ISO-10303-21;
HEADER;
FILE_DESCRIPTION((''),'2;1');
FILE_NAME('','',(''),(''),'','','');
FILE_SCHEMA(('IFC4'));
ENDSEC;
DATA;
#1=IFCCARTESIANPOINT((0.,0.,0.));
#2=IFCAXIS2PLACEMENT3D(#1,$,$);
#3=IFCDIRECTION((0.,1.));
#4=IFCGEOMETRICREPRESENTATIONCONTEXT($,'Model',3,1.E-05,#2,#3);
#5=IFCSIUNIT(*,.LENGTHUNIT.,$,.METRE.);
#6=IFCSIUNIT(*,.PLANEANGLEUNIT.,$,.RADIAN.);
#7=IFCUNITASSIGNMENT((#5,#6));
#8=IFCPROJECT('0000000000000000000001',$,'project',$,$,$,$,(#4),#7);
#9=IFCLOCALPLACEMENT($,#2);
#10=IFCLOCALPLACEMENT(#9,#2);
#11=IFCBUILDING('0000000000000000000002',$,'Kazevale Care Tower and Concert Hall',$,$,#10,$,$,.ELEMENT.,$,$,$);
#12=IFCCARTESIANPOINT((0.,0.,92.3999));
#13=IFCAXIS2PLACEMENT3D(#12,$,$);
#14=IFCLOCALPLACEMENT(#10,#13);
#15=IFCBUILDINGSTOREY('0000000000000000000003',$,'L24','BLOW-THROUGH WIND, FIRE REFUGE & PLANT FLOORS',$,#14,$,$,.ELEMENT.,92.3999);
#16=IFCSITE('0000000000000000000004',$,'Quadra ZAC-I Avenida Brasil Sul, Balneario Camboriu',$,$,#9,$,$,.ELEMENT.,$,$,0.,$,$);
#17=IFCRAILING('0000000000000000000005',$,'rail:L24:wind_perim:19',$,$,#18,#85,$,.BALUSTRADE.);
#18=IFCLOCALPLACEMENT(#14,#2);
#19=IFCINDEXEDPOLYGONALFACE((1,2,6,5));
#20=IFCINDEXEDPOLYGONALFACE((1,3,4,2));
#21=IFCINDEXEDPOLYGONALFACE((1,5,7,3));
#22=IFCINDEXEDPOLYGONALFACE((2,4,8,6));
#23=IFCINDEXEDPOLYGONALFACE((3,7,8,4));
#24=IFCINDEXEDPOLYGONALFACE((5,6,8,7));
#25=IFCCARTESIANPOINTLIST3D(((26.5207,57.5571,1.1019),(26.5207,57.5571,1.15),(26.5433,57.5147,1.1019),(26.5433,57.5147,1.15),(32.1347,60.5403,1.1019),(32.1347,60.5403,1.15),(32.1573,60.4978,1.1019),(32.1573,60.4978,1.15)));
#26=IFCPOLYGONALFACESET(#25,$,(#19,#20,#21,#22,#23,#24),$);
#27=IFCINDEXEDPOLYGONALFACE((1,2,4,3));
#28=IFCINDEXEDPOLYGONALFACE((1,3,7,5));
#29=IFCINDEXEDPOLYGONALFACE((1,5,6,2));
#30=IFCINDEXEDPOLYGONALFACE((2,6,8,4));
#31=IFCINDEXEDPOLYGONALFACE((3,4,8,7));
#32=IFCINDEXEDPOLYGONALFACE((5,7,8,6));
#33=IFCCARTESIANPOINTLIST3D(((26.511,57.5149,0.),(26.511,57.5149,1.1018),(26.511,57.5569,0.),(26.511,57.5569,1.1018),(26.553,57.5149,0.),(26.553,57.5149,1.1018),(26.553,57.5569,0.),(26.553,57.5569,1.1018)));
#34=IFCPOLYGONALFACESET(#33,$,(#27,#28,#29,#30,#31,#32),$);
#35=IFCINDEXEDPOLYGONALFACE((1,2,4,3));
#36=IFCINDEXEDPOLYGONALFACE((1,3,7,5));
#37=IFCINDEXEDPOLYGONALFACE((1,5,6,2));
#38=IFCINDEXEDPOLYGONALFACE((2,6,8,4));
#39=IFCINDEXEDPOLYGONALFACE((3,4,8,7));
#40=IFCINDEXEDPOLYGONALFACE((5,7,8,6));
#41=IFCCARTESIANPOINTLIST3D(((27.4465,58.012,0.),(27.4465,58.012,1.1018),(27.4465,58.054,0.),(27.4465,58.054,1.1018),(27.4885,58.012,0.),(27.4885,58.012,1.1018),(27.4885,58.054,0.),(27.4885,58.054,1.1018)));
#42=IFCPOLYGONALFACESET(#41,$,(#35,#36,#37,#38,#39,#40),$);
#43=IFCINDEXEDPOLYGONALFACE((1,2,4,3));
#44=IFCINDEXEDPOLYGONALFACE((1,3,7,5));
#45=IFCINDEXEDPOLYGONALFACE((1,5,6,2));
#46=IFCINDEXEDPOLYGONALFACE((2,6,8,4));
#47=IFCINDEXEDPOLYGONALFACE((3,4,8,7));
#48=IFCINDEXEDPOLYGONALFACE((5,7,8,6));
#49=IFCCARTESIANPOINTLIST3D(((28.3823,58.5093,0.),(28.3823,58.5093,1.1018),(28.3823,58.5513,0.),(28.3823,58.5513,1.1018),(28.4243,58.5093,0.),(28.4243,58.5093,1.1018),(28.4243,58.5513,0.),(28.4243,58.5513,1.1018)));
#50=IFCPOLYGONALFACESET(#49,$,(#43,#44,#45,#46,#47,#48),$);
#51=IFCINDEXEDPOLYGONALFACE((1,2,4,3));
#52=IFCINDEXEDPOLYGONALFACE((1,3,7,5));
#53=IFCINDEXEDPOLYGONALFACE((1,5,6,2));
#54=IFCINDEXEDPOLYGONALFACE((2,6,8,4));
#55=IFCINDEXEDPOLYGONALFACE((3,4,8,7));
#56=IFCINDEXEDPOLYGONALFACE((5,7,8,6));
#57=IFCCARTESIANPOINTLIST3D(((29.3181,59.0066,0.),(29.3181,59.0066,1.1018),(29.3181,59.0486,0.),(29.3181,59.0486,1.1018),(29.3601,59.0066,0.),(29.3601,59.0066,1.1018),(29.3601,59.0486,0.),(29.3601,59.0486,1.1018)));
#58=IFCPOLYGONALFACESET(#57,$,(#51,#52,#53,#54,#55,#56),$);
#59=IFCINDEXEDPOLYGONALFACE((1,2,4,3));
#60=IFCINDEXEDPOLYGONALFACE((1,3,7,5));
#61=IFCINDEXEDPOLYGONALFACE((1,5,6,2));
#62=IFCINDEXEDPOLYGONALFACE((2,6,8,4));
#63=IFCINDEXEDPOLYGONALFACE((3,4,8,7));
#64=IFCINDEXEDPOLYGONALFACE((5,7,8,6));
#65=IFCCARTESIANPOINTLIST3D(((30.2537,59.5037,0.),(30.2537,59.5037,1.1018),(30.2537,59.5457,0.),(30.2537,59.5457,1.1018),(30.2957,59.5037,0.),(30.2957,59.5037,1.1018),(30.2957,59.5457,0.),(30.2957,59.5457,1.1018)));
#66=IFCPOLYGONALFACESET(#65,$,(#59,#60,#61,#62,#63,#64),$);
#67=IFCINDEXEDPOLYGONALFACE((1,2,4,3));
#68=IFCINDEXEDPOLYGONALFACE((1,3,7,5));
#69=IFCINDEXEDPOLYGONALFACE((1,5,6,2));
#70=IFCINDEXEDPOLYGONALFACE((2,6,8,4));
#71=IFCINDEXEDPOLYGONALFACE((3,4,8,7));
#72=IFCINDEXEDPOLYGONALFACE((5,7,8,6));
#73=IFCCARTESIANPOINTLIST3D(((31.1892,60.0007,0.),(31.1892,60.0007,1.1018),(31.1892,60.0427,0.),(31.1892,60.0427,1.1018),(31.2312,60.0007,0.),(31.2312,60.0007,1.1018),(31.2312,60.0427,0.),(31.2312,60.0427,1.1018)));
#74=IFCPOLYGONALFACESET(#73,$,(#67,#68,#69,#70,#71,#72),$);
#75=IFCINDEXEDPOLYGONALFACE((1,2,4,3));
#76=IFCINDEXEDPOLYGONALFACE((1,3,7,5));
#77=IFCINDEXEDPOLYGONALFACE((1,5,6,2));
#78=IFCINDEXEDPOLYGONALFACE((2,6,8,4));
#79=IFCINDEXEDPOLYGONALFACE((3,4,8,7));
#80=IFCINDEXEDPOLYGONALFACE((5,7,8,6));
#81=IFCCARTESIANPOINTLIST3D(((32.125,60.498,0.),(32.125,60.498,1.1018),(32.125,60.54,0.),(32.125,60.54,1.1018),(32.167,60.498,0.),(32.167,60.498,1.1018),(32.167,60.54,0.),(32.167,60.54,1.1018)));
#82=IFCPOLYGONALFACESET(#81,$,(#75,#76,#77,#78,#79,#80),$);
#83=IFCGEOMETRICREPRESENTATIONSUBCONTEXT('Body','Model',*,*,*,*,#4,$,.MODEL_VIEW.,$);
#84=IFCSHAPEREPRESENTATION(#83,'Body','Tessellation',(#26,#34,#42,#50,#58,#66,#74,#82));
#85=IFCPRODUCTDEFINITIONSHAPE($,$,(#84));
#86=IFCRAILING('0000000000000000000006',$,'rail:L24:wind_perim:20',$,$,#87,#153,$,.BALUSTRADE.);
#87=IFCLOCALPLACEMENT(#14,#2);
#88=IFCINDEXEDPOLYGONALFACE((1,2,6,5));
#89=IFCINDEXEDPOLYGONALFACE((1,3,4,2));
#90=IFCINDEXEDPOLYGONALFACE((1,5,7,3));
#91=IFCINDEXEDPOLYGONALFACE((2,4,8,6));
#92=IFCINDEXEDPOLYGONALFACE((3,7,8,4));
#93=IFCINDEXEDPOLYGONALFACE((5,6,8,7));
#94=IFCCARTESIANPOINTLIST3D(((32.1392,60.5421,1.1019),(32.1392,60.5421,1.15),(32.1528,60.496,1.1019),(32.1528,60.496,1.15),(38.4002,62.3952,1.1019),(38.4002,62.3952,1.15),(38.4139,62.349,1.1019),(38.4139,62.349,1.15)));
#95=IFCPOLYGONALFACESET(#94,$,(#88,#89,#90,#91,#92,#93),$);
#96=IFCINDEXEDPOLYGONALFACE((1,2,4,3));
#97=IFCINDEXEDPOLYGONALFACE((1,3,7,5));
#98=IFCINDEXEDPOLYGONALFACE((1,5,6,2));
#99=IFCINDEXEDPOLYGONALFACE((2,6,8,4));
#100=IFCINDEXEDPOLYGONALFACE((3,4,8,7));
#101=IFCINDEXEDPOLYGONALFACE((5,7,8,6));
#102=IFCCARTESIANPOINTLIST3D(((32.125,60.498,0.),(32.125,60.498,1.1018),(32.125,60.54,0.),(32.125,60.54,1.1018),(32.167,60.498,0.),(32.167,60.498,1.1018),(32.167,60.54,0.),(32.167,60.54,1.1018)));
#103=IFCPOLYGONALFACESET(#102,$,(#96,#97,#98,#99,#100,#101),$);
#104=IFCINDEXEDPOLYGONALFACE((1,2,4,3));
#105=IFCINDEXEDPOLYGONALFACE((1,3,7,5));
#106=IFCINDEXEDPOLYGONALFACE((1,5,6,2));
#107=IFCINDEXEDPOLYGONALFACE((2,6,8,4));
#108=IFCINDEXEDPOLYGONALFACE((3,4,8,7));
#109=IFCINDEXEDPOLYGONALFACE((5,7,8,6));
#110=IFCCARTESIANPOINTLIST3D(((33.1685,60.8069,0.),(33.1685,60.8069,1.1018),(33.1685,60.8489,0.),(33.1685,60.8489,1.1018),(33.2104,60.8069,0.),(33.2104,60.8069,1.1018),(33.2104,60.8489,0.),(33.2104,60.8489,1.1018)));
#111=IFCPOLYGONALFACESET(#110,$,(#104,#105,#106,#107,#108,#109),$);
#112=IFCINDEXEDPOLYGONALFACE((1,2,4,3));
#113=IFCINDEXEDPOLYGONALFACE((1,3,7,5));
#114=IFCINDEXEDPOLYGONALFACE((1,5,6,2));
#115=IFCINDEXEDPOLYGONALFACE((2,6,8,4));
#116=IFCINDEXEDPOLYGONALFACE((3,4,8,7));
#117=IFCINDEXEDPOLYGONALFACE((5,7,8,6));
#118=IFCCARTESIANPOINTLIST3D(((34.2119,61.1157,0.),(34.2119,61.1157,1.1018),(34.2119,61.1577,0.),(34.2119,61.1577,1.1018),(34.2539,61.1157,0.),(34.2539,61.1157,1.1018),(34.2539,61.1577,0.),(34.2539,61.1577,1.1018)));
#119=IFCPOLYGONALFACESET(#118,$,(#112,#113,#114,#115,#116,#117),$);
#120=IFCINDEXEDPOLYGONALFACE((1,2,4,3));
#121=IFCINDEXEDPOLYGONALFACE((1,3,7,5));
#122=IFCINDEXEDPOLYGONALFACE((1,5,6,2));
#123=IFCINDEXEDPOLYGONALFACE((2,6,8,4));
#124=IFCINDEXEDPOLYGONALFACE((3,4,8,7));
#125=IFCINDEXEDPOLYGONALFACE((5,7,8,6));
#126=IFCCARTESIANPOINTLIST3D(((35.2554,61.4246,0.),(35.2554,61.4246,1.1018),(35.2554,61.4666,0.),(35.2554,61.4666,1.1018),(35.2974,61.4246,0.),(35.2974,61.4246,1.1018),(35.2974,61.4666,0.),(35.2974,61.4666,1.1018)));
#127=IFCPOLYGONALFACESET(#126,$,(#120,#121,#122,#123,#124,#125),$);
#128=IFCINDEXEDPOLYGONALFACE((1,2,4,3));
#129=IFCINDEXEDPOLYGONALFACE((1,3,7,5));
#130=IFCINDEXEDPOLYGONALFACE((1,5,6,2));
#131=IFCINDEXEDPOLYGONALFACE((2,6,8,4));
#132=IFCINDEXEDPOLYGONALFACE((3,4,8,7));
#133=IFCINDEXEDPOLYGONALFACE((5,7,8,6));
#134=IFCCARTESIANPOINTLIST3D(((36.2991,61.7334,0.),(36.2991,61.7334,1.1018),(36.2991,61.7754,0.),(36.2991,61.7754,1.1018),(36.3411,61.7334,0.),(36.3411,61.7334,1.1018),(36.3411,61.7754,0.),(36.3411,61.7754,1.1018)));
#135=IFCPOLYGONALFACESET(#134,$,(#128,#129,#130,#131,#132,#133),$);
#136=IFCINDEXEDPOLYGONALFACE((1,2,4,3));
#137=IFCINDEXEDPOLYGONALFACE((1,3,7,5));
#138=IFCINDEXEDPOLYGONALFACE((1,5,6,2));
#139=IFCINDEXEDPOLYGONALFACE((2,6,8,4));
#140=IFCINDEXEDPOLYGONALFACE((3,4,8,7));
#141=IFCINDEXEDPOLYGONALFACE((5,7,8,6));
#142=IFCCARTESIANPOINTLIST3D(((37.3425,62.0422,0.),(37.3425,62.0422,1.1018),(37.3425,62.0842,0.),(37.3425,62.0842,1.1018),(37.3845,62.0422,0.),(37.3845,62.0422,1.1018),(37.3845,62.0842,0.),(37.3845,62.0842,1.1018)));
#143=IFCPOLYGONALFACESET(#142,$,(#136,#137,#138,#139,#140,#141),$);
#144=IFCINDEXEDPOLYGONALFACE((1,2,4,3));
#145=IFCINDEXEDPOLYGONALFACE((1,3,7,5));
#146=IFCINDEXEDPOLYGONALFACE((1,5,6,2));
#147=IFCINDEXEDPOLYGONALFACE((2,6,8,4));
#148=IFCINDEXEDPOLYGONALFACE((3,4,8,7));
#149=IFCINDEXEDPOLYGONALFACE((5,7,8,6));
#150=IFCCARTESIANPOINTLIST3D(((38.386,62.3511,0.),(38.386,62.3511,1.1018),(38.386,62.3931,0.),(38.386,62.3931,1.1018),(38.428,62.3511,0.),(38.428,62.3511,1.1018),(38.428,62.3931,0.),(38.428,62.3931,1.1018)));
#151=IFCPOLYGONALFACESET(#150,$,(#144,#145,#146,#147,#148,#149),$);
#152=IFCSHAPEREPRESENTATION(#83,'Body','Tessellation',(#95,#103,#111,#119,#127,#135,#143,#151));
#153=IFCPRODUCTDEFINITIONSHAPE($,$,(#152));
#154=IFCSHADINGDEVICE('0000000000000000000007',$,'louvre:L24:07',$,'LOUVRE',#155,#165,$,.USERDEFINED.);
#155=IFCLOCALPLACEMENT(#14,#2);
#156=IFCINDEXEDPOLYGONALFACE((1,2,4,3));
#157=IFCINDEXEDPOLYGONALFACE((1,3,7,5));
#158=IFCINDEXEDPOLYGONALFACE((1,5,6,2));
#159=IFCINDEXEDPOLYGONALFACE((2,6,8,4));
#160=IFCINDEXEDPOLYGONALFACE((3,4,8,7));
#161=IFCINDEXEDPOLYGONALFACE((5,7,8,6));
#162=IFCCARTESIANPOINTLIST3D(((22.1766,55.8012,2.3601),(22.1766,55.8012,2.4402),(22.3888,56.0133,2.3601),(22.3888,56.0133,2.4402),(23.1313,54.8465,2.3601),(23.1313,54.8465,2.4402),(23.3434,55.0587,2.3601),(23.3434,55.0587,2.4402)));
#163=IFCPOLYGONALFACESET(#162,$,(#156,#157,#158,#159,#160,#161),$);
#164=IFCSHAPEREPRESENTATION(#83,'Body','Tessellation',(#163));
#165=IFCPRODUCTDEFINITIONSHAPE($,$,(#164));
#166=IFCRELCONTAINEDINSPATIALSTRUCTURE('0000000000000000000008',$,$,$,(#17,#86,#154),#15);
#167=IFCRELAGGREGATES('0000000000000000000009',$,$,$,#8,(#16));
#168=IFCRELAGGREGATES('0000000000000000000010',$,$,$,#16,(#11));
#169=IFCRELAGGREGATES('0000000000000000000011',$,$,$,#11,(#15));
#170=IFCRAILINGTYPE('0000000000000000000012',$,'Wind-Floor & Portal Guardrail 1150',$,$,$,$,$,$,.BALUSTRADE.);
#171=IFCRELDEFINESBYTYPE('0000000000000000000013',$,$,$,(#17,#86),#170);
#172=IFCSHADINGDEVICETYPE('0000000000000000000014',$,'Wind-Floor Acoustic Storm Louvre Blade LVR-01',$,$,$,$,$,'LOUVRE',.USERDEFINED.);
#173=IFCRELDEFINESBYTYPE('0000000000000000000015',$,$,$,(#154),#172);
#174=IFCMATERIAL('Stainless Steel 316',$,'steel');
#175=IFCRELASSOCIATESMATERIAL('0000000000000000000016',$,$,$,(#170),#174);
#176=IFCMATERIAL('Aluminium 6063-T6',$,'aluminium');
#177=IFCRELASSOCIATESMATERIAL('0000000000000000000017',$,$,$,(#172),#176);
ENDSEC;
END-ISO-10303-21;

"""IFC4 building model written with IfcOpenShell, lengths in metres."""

from ifc_helpers import new_model, si_unit, direction, frame, origin, origin_2d, place, context, subcontext, project, spatial, rectangle, extrude, material, type_object, element, save


model = new_model("IFC4")

# Units and contexts
model_context = context("Model", 3, precision=1e-05, world=origin(), true_north=direction((0.0, 1.0)))
body_context = subcontext(model_context, "Body", "Model", "MODEL_VIEW")
ifc_project = project(units=[si_unit("LENGTHUNIT", "METRE"), si_unit("PLANEANGLEUNIT", "RADIAN")], contexts=[model_context])

# Site, building, storey
site_placement = place(None, origin())
site = spatial("IfcSite", under=ifc_project, at=site_placement, Name="Quadra ZAC-I Avenida Brasil Sul, Balneario Camboriu", CompositionType="ELEMENT", RefElevation=0.0)
building_placement = place(site_placement, origin())
building = spatial("IfcBuilding", under=site, at=building_placement, Name="Kazevale Care Tower and Concert Hall", CompositionType="ELEMENT")
storey_placement = place(building_placement, frame((0.0, 0.0, 92.3999)))
storey = spatial("IfcBuildingStorey", under=building, at=storey_placement, Name="L24", Description="BLOW-THROUGH WIND, FIRE REFUGE & PLANT FLOORS", CompositionType="ELEMENT", Elevation=92.3999)

# Railings
ifc_material_1 = material(Name="Stainless Steel 316", Category="steel")
railing_type = type_object("IfcRailingType", Name="Wind-Floor & Portal Guardrail 1150", PredefinedType="BALUSTRADE", material=ifc_material_1)
railing_1_placement = place(storey_placement, frame((26.532, 57.5359, 0.0)))
element("IfcRailing", 1, at=railing_1_placement, inside=storey, type_object=railing_type, Name="rail:L24:wind_perim:19", PredefinedType="BALUSTRADE", context=body_context, shape_type="SweptSolid", body=[
    extrude(rectangle(XDim=0.0481, YDim=0.0481, at=origin_2d()), frame((0.0, 0.0, 1.126), z_axis=(0.883069, 0.469242, 0.0), x_axis=(-0.469242, 0.883069, 0.0)), (0.0, 0.0, 1.0), 6.3574),
    extrude(rectangle(XDim=0.042, YDim=0.042, at=origin_2d()), origin(), (0.0, 0.0, 1.0), 1.1018),
    extrude(rectangle(XDim=0.042, YDim=0.042, at=origin_2d()), frame((0.9355, 0.4971, 0.0)), (0.0, 0.0, 1.0), 1.1018),
    extrude(rectangle(XDim=0.042, YDim=0.042, at=origin_2d()), frame((1.8713, 0.9944, 0.0)), (0.0, 0.0, 1.0), 1.1018),
    extrude(rectangle(XDim=0.042, YDim=0.042, at=origin_2d()), frame((2.8071, 1.4917, 0.0)), (0.0, 0.0, 1.0), 1.1018),
    extrude(rectangle(XDim=0.042, YDim=0.042, at=origin_2d()), frame((3.7427, 1.9888, 0.0)), (0.0, 0.0, 1.0), 1.1018),
    extrude(rectangle(XDim=0.042, YDim=0.042, at=origin_2d()), frame((4.6782, 2.4858, 0.0)), (0.0, 0.0, 1.0), 1.1018),
    extrude(rectangle(XDim=0.042, YDim=0.042, at=origin_2d()), frame((5.614, 2.9832, 0.0)), (0.0, 0.0, 1.0), 1.1018),
])
railing_2_placement = place(storey_placement, frame((32.146, 60.519, 0.0)))
element("IfcRailing", 2, at=railing_2_placement, inside=storey, type_object=railing_type, Name="rail:L24:wind_perim:20", PredefinedType="BALUSTRADE", context=body_context, shape_type="SweptSolid", body=[
    extrude(rectangle(XDim=0.0481, YDim=0.0481, at=origin_2d()), frame((0.0, 0.0, 1.126), z_axis=(0.958885, 0.283796, 0.0), x_axis=(-0.283796, 0.958885, 0.0)), (0.0, 0.0, 1.0), 6.5295),
    extrude(rectangle(XDim=0.042, YDim=0.042, at=origin_2d()), origin(), (0.0, 0.0, 1.0), 1.1018),
    extrude(rectangle(XDim=0.042, YDim=0.042, at=origin_2d()), frame((1.0435, 0.3088, 0.0)), (0.0, 0.0, 1.0), 1.1018),
    extrude(rectangle(XDim=0.042, YDim=0.042, at=origin_2d()), frame((2.0869, 0.6177, 0.0)), (0.0, 0.0, 1.0), 1.1018),
    extrude(rectangle(XDim=0.042, YDim=0.042, at=origin_2d()), frame((3.1304, 0.9265, 0.0)), (0.0, 0.0, 1.0), 1.1018),
    extrude(rectangle(XDim=0.042, YDim=0.042, at=origin_2d()), frame((4.1741, 1.2354, 0.0)), (0.0, 0.0, 1.0), 1.1018),
    extrude(rectangle(XDim=0.042, YDim=0.042, at=origin_2d()), frame((5.2175, 1.5442, 0.0)), (0.0, 0.0, 1.0), 1.1018),
    extrude(rectangle(XDim=0.042, YDim=0.042, at=origin_2d()), frame((6.261, 1.853, 0.0)), (0.0, 0.0, 1.0), 1.1018),
])

# Shading device
ifc_material_2 = material(Name="Aluminium 6063-T6", Category="aluminium")
shading_device_type = type_object("IfcShadingDeviceType", Name="Wind-Floor Acoustic Storm Louvre Blade LVR-01", ElementType="LOUVRE", PredefinedType="USERDEFINED", material=ifc_material_2)
shading_device_placement = place(storey_placement, frame((22.76, 55.4299, 2.3601), z_axis=(0.0, 0.0, 1.0), x_axis=(-0.707107, 0.707107, 0.0)))
element("IfcShadingDevice", 3, at=shading_device_placement, inside=storey, type_object=shading_device_type, Name="louvre:L24:07", ObjectType="LOUVRE", PredefinedType="USERDEFINED", context=body_context, shape_type="SweptSolid", body=[
    extrude(rectangle(XDim=1.3501, YDim=0.3, at=origin_2d()), origin(), (0.0, 0.0, 1.0), 0.0801),
])

save(model, "model.ifc")
